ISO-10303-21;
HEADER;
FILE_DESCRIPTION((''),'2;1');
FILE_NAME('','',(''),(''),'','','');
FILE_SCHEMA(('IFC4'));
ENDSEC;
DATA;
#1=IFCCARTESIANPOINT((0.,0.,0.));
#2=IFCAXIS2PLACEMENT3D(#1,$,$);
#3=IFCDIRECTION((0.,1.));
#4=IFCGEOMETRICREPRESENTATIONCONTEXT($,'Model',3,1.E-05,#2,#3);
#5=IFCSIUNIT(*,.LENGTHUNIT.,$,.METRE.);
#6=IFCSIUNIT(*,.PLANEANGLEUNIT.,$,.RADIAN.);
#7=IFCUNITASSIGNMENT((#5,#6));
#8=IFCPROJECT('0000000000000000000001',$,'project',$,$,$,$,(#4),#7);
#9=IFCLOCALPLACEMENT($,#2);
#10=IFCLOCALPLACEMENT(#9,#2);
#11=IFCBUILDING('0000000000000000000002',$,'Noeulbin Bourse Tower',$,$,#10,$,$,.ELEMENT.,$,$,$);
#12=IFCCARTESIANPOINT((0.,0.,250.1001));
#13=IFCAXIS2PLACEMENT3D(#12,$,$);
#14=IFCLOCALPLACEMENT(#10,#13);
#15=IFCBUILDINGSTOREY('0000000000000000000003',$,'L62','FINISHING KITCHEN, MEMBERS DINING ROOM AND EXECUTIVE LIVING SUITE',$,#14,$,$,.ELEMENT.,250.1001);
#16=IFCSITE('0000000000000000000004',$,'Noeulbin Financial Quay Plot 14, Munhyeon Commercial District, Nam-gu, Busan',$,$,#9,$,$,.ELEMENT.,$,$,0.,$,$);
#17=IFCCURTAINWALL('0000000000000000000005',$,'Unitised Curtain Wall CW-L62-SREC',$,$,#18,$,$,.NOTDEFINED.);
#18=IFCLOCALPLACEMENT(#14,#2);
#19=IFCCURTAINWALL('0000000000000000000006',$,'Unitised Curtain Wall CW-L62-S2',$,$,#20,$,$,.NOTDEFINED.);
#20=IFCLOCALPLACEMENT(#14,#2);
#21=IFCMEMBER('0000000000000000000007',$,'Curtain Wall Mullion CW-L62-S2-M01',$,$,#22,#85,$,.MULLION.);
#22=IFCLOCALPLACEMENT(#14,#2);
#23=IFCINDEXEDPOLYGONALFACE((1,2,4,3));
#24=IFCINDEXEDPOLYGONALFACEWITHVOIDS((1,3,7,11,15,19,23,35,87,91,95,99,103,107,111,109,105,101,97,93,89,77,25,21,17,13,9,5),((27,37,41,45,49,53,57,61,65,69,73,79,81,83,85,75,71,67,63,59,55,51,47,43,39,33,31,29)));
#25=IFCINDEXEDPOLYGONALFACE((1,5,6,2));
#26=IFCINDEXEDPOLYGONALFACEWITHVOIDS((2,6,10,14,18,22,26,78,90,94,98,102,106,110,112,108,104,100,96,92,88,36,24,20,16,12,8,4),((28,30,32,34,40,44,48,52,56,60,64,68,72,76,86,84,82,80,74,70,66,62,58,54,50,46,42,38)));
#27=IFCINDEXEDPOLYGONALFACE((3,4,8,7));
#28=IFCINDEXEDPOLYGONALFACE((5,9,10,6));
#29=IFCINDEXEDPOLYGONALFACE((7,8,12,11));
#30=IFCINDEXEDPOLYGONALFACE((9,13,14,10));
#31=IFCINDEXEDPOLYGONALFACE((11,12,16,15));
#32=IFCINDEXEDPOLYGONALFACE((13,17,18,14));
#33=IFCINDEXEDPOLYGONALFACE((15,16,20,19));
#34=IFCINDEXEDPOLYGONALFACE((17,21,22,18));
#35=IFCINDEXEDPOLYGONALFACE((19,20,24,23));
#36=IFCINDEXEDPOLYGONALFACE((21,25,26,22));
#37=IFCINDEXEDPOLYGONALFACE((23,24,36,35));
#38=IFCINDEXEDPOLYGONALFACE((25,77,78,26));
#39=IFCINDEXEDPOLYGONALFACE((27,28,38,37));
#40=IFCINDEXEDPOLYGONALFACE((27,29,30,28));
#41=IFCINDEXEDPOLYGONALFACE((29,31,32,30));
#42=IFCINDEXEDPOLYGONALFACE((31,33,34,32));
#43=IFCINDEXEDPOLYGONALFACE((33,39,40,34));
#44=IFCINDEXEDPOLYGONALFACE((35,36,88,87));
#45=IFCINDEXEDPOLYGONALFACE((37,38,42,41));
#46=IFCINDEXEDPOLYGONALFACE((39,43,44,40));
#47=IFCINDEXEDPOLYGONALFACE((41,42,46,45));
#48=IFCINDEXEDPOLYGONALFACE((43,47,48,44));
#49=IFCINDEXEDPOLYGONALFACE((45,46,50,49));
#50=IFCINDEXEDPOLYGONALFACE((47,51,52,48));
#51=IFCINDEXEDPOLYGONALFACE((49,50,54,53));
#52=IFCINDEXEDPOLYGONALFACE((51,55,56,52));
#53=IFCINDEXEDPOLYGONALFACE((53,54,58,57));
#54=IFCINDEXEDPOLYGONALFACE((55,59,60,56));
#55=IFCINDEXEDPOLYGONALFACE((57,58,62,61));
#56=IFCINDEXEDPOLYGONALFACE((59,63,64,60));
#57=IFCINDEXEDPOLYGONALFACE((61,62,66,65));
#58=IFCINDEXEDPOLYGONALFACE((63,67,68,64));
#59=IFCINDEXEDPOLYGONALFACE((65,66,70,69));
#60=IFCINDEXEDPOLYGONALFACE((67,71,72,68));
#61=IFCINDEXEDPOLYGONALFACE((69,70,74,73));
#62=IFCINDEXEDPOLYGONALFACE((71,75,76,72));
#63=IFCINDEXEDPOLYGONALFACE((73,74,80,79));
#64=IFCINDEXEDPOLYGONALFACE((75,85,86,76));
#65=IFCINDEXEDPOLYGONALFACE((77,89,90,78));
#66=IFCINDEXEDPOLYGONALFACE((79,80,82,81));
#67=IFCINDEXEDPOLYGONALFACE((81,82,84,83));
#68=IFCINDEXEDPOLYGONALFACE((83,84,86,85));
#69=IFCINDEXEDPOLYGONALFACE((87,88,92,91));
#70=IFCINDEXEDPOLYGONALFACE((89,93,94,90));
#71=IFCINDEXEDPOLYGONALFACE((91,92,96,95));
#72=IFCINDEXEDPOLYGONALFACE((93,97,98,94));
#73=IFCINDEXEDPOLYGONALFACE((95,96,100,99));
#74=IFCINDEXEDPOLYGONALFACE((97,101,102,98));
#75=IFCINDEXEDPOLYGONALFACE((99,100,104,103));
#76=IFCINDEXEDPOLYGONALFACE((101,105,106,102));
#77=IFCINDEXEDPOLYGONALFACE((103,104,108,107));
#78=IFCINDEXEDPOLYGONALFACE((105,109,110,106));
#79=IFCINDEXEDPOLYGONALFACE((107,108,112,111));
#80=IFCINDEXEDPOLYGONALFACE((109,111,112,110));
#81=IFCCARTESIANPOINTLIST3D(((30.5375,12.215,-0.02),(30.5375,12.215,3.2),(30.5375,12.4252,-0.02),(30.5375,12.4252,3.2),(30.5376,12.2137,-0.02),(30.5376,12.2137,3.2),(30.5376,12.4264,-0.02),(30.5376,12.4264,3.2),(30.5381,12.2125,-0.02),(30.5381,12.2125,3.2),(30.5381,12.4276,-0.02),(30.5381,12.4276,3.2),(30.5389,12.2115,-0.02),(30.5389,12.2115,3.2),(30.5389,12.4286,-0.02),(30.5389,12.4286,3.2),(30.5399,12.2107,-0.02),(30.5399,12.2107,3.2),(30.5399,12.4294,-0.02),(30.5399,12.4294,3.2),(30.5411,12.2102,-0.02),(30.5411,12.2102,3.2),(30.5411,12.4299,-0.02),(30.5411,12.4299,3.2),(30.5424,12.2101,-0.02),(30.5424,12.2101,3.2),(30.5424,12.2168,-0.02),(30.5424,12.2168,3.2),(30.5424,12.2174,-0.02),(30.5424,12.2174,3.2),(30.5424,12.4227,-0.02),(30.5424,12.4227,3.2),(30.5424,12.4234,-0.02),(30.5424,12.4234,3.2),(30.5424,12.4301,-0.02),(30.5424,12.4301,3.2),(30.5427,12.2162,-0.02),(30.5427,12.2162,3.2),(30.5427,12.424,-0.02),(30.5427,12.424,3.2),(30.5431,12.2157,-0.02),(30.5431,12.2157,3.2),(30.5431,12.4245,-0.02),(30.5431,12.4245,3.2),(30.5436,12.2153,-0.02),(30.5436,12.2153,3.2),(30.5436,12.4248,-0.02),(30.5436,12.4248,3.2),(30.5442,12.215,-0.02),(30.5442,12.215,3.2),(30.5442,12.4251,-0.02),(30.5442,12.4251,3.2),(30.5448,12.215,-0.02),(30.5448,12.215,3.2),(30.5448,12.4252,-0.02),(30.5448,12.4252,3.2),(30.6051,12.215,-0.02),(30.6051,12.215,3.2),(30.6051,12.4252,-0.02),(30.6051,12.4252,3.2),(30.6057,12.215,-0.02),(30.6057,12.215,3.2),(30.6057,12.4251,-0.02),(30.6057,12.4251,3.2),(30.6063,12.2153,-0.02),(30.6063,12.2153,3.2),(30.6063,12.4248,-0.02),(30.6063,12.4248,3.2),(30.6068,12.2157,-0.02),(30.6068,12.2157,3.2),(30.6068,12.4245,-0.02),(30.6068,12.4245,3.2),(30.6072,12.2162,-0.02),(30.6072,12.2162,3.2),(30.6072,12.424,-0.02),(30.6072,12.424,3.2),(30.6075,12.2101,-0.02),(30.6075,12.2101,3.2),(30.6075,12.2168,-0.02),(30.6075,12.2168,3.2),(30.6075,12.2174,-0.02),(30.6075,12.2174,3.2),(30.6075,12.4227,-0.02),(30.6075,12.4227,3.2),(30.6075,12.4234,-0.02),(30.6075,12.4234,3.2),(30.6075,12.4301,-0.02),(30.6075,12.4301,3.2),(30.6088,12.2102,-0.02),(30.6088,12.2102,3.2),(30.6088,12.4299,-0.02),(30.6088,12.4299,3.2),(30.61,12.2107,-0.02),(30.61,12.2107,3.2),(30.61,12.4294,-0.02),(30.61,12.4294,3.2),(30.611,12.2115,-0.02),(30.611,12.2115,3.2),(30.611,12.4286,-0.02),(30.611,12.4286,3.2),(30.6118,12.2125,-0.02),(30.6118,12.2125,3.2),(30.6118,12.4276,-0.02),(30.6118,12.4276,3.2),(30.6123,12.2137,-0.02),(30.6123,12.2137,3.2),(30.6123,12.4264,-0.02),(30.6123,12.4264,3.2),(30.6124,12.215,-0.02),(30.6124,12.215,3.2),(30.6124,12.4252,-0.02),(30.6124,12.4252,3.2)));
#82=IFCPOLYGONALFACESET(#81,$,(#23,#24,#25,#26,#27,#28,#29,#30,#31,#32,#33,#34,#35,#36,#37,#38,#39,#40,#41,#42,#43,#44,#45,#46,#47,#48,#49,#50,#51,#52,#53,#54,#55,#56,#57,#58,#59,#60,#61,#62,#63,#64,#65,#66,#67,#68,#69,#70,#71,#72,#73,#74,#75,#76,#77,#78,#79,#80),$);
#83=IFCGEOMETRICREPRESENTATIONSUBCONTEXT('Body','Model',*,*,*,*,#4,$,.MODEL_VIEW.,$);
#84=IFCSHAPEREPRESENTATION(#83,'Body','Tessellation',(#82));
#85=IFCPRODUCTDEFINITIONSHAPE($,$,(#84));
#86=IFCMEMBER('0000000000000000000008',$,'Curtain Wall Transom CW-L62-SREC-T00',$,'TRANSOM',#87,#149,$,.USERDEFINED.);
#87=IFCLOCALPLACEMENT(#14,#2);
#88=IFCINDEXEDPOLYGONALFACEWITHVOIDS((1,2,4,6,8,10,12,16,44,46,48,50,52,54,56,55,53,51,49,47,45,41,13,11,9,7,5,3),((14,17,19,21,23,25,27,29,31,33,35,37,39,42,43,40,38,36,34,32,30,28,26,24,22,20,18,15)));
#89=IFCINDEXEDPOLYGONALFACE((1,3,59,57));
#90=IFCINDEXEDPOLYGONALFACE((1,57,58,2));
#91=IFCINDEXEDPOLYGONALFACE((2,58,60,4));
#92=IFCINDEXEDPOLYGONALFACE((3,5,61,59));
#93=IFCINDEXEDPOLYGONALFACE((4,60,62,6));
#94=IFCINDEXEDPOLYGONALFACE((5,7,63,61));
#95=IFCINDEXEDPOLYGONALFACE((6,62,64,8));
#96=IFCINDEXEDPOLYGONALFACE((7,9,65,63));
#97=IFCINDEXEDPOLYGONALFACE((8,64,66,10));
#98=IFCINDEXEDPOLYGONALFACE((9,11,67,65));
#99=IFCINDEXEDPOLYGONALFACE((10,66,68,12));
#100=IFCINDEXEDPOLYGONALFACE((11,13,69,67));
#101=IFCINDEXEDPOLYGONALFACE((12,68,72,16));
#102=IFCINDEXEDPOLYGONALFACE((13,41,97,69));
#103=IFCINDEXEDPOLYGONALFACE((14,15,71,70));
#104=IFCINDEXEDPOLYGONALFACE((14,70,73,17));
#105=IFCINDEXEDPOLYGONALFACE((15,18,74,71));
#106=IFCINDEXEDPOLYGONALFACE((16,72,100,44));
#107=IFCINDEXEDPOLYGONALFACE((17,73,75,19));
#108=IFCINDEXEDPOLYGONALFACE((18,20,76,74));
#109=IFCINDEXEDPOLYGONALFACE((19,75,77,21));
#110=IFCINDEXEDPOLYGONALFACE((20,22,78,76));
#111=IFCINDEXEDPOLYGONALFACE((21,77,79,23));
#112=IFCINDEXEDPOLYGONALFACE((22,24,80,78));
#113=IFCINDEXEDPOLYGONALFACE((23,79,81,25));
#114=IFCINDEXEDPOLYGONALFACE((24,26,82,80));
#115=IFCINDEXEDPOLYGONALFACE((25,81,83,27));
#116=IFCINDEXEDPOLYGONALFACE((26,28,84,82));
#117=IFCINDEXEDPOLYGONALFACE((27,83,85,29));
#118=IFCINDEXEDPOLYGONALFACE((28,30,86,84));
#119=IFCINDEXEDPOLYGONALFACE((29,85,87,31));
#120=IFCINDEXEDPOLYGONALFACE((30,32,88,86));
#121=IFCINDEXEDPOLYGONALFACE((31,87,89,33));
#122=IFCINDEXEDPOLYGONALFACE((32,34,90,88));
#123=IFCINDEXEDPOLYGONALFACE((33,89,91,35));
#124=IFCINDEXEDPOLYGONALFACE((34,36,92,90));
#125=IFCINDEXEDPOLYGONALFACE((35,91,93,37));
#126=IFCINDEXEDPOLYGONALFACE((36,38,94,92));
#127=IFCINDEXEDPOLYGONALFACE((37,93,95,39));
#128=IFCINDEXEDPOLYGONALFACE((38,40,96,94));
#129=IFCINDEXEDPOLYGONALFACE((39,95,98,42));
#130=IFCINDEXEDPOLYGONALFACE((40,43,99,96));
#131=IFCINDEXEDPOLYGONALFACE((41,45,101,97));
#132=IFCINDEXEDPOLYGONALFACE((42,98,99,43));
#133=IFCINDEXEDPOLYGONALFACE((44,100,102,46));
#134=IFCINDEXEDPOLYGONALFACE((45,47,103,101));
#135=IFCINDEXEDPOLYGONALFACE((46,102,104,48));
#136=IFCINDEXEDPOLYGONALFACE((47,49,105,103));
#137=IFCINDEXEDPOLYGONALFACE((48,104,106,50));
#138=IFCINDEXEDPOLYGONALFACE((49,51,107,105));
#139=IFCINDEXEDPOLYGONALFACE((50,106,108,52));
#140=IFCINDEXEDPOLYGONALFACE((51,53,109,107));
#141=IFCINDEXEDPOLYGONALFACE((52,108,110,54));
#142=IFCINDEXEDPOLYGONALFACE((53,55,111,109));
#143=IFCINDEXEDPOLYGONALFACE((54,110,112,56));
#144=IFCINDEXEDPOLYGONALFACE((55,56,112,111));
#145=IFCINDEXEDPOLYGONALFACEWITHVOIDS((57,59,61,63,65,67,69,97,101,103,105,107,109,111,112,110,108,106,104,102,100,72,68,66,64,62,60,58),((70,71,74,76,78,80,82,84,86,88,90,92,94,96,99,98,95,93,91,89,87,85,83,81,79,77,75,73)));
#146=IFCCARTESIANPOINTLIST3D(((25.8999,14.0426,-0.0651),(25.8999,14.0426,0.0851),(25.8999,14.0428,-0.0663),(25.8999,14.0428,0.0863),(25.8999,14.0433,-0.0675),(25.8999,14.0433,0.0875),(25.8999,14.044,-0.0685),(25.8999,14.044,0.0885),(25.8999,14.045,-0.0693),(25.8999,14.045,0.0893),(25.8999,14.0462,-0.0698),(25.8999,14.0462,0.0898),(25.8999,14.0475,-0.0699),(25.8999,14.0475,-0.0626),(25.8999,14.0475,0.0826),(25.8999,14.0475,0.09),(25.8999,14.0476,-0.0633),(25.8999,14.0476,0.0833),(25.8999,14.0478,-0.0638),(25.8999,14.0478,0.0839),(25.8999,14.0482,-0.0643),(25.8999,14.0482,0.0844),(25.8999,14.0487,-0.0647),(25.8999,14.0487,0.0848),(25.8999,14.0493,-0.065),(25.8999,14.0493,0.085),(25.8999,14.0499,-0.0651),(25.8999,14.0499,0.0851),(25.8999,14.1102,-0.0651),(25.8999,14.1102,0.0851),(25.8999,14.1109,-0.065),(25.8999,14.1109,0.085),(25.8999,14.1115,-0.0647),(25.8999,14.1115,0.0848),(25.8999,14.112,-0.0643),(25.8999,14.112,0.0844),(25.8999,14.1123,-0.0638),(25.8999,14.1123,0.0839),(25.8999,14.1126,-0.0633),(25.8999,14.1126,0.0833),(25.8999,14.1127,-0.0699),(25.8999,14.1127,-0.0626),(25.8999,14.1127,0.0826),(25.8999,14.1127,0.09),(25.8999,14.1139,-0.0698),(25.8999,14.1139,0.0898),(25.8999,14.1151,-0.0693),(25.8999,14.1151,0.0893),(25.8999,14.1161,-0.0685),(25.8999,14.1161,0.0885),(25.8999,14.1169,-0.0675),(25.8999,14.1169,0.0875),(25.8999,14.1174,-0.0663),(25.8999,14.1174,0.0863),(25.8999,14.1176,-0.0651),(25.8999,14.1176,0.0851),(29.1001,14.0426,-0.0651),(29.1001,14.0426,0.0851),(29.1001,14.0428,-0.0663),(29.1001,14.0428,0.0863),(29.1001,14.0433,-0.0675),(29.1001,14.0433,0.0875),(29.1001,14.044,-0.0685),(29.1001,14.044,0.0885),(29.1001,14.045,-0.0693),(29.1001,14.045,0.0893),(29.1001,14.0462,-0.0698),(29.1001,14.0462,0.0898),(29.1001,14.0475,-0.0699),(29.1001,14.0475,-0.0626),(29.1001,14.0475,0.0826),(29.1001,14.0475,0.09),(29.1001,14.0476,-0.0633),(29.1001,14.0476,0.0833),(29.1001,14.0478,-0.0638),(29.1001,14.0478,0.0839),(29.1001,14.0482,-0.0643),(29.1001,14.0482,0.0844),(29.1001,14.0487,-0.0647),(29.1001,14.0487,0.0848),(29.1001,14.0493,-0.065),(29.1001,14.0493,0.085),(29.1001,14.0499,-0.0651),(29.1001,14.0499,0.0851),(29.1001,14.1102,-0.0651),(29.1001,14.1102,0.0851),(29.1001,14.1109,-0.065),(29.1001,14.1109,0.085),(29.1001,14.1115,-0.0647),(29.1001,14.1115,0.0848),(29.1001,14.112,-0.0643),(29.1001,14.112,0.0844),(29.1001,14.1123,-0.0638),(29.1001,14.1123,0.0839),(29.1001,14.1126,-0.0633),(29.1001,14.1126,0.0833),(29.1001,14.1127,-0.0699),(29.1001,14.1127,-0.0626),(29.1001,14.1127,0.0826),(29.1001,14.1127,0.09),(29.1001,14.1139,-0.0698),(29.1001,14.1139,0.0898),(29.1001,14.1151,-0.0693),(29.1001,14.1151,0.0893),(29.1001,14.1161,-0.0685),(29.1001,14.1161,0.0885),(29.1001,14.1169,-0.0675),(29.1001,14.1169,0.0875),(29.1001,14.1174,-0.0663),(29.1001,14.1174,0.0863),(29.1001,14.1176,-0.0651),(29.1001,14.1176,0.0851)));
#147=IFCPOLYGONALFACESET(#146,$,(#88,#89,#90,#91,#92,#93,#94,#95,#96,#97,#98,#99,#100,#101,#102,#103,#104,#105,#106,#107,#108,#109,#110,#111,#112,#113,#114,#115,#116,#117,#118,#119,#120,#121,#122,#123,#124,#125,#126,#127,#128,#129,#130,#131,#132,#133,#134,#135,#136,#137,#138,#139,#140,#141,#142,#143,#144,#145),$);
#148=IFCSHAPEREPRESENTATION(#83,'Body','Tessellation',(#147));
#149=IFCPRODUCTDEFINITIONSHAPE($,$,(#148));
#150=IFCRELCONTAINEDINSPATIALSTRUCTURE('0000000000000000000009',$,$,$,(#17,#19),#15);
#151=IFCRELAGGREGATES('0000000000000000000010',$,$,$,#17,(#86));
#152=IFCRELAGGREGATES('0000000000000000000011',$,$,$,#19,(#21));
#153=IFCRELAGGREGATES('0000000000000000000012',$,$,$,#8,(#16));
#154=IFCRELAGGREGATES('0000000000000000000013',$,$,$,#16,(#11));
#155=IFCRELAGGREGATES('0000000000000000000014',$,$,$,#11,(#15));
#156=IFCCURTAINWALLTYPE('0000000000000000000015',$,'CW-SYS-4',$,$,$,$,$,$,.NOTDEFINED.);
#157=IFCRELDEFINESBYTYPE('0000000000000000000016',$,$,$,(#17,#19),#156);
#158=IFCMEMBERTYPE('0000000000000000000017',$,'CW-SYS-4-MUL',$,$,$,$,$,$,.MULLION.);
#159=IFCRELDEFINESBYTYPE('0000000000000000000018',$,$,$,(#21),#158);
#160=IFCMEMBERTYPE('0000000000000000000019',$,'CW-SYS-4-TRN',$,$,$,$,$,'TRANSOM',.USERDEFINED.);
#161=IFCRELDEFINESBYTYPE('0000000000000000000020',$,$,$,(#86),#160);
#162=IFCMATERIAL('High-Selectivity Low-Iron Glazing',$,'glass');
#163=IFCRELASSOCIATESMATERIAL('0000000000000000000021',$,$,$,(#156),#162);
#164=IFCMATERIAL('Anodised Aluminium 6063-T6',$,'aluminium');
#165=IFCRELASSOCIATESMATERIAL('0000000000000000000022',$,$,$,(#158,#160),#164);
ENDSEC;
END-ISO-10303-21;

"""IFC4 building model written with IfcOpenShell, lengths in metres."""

from ifc_helpers import new_model, si_unit, direction, frame, origin, origin_2d, place, context, subcontext, project, spatial, hollow_rectangle, extrude, material, material_profile, profile_set, type_object, element, aggregate, save


model = new_model("IFC4")

# Units and contexts
model_context = context("Model", 3, precision=1e-05, world=origin(), true_north=direction((0.0, 1.0)))
body_context = subcontext(model_context, "Body", "Model", "MODEL_VIEW")
ifc_project = project(units=[si_unit("LENGTHUNIT", "METRE"), si_unit("PLANEANGLEUNIT", "RADIAN")], contexts=[model_context])

# Site, building, storey
site_placement = place(None, origin())
site = spatial("IfcSite", under=ifc_project, at=site_placement, Name="Noeulbin Financial Quay Plot 14, Munhyeon Commercial District, Nam-gu, Busan", CompositionType="ELEMENT", RefElevation=0.0)
building_placement = place(site_placement, origin())
building = spatial("IfcBuilding", under=site, at=building_placement, Name="Noeulbin Bourse Tower", CompositionType="ELEMENT")
storey_placement = place(building_placement, frame((0.0, 0.0, 250.1001)))
storey = spatial("IfcBuildingStorey", under=building, at=storey_placement, Name="L62", Description="FINISHING KITCHEN, MEMBERS DINING ROOM AND EXECUTIVE LIVING SUITE", CompositionType="ELEMENT", Elevation=250.1001)

# Curtain wall
ifc_material_1 = material(Name="High-Selectivity Low-Iron Glazing", Category="glass")
curtain_wall_type = type_object("IfcCurtainWallType", Name="CW-SYS-4", PredefinedType="NOTDEFINED", material=ifc_material_1)
curtain_wall_1_placement = place(storey_placement, origin())
curtain_wall_1 = element("IfcCurtainWall", 1, at=curtain_wall_1_placement, inside=storey, type_object=curtain_wall_type, Name="Unitised Curtain Wall CW-L62-SREC", PredefinedType="NOTDEFINED")
ifc_material_2 = material(Name="Anodised Aluminium 6063-T6", Category="aluminium")
ifc_material_profile_1 = material_profile(ifc_material_2, hollow_rectangle(XDim=0.075, YDim=0.22, WallThickness=0.0049, InnerFilletRadius=0.0024, OuterFilletRadius=0.0049, at=origin_2d()), Name="ALU-MULL-75x220x5", Category="LoadBearing")
ifc_profile_set_1 = profile_set([ifc_material_profile_1], Name="Anodised Aluminium 6063-T6")
member_type_1 = type_object("IfcMemberType", Name="CW-SYS-4-MUL", PredefinedType="MULLION", material=ifc_profile_set_1)

# Curtain wall, member
curtain_wall_2_placement = place(storey_placement, origin())
curtain_wall_2 = element("IfcCurtainWall", 2, at=curtain_wall_2_placement, inside=storey, type_object=curtain_wall_type, Name="Unitised Curtain Wall CW-L62-S2", PredefinedType="NOTDEFINED")
member_1_placement = place(storey_placement, frame((30.575, 12.3201, -0.02), z_axis=(0.0, 0.0, 1.0), x_axis=(1.0, 0.0, 0.0)))
member_1 = element("IfcMember", 3, at=member_1_placement, type_object=member_type_1, Name="Curtain Wall Mullion CW-L62-S2-M01", PredefinedType="MULLION", context=body_context, shape_type="SweptSolid", body=[
    extrude(hollow_rectangle(XDim=0.075, YDim=0.22, WallThickness=0.0049, InnerFilletRadius=0.0024, OuterFilletRadius=0.0049, at=origin_2d()), origin(), (0.0, 0.0, 1.0), 3.22),
])

# Member
ifc_material_profile_2 = material_profile(ifc_material_2, hollow_rectangle(XDim=0.075, YDim=0.1599, WallThickness=0.0049, InnerFilletRadius=0.0024, OuterFilletRadius=0.0049, at=origin_2d()), Name="ALU-TRAN-75x160x5", Category="LoadBearing")
ifc_profile_set_2 = profile_set([ifc_material_profile_2], Name="Anodised Aluminium 6063-T6")
member_type_2 = type_object("IfcMemberType", Name="CW-SYS-4-TRN", ElementType="TRANSOM", PredefinedType="USERDEFINED", material=ifc_profile_set_2)
member_2_placement = place(storey_placement, frame((25.8999, 14.0801, 0.01), z_axis=(1.0, 0.0, 0.0), x_axis=(0.0, 1.0, 0.0)))
member_2 = element("IfcMember", 4, at=member_2_placement, type_object=member_type_2, Name="Curtain Wall Transom CW-L62-SREC-T00", ObjectType="TRANSOM", PredefinedType="USERDEFINED", context=body_context, shape_type="SweptSolid", body=[
    extrude(hollow_rectangle(XDim=0.075, YDim=0.1599, WallThickness=0.0049, InnerFilletRadius=0.0024, OuterFilletRadius=0.0049, at=origin_2d()), origin(), (0.0, 0.0, 1.0), 3.2002),
])

aggregate(curtain_wall_1, [member_2])
aggregate(curtain_wall_2, [member_1])

save(model, "model.ifc")
